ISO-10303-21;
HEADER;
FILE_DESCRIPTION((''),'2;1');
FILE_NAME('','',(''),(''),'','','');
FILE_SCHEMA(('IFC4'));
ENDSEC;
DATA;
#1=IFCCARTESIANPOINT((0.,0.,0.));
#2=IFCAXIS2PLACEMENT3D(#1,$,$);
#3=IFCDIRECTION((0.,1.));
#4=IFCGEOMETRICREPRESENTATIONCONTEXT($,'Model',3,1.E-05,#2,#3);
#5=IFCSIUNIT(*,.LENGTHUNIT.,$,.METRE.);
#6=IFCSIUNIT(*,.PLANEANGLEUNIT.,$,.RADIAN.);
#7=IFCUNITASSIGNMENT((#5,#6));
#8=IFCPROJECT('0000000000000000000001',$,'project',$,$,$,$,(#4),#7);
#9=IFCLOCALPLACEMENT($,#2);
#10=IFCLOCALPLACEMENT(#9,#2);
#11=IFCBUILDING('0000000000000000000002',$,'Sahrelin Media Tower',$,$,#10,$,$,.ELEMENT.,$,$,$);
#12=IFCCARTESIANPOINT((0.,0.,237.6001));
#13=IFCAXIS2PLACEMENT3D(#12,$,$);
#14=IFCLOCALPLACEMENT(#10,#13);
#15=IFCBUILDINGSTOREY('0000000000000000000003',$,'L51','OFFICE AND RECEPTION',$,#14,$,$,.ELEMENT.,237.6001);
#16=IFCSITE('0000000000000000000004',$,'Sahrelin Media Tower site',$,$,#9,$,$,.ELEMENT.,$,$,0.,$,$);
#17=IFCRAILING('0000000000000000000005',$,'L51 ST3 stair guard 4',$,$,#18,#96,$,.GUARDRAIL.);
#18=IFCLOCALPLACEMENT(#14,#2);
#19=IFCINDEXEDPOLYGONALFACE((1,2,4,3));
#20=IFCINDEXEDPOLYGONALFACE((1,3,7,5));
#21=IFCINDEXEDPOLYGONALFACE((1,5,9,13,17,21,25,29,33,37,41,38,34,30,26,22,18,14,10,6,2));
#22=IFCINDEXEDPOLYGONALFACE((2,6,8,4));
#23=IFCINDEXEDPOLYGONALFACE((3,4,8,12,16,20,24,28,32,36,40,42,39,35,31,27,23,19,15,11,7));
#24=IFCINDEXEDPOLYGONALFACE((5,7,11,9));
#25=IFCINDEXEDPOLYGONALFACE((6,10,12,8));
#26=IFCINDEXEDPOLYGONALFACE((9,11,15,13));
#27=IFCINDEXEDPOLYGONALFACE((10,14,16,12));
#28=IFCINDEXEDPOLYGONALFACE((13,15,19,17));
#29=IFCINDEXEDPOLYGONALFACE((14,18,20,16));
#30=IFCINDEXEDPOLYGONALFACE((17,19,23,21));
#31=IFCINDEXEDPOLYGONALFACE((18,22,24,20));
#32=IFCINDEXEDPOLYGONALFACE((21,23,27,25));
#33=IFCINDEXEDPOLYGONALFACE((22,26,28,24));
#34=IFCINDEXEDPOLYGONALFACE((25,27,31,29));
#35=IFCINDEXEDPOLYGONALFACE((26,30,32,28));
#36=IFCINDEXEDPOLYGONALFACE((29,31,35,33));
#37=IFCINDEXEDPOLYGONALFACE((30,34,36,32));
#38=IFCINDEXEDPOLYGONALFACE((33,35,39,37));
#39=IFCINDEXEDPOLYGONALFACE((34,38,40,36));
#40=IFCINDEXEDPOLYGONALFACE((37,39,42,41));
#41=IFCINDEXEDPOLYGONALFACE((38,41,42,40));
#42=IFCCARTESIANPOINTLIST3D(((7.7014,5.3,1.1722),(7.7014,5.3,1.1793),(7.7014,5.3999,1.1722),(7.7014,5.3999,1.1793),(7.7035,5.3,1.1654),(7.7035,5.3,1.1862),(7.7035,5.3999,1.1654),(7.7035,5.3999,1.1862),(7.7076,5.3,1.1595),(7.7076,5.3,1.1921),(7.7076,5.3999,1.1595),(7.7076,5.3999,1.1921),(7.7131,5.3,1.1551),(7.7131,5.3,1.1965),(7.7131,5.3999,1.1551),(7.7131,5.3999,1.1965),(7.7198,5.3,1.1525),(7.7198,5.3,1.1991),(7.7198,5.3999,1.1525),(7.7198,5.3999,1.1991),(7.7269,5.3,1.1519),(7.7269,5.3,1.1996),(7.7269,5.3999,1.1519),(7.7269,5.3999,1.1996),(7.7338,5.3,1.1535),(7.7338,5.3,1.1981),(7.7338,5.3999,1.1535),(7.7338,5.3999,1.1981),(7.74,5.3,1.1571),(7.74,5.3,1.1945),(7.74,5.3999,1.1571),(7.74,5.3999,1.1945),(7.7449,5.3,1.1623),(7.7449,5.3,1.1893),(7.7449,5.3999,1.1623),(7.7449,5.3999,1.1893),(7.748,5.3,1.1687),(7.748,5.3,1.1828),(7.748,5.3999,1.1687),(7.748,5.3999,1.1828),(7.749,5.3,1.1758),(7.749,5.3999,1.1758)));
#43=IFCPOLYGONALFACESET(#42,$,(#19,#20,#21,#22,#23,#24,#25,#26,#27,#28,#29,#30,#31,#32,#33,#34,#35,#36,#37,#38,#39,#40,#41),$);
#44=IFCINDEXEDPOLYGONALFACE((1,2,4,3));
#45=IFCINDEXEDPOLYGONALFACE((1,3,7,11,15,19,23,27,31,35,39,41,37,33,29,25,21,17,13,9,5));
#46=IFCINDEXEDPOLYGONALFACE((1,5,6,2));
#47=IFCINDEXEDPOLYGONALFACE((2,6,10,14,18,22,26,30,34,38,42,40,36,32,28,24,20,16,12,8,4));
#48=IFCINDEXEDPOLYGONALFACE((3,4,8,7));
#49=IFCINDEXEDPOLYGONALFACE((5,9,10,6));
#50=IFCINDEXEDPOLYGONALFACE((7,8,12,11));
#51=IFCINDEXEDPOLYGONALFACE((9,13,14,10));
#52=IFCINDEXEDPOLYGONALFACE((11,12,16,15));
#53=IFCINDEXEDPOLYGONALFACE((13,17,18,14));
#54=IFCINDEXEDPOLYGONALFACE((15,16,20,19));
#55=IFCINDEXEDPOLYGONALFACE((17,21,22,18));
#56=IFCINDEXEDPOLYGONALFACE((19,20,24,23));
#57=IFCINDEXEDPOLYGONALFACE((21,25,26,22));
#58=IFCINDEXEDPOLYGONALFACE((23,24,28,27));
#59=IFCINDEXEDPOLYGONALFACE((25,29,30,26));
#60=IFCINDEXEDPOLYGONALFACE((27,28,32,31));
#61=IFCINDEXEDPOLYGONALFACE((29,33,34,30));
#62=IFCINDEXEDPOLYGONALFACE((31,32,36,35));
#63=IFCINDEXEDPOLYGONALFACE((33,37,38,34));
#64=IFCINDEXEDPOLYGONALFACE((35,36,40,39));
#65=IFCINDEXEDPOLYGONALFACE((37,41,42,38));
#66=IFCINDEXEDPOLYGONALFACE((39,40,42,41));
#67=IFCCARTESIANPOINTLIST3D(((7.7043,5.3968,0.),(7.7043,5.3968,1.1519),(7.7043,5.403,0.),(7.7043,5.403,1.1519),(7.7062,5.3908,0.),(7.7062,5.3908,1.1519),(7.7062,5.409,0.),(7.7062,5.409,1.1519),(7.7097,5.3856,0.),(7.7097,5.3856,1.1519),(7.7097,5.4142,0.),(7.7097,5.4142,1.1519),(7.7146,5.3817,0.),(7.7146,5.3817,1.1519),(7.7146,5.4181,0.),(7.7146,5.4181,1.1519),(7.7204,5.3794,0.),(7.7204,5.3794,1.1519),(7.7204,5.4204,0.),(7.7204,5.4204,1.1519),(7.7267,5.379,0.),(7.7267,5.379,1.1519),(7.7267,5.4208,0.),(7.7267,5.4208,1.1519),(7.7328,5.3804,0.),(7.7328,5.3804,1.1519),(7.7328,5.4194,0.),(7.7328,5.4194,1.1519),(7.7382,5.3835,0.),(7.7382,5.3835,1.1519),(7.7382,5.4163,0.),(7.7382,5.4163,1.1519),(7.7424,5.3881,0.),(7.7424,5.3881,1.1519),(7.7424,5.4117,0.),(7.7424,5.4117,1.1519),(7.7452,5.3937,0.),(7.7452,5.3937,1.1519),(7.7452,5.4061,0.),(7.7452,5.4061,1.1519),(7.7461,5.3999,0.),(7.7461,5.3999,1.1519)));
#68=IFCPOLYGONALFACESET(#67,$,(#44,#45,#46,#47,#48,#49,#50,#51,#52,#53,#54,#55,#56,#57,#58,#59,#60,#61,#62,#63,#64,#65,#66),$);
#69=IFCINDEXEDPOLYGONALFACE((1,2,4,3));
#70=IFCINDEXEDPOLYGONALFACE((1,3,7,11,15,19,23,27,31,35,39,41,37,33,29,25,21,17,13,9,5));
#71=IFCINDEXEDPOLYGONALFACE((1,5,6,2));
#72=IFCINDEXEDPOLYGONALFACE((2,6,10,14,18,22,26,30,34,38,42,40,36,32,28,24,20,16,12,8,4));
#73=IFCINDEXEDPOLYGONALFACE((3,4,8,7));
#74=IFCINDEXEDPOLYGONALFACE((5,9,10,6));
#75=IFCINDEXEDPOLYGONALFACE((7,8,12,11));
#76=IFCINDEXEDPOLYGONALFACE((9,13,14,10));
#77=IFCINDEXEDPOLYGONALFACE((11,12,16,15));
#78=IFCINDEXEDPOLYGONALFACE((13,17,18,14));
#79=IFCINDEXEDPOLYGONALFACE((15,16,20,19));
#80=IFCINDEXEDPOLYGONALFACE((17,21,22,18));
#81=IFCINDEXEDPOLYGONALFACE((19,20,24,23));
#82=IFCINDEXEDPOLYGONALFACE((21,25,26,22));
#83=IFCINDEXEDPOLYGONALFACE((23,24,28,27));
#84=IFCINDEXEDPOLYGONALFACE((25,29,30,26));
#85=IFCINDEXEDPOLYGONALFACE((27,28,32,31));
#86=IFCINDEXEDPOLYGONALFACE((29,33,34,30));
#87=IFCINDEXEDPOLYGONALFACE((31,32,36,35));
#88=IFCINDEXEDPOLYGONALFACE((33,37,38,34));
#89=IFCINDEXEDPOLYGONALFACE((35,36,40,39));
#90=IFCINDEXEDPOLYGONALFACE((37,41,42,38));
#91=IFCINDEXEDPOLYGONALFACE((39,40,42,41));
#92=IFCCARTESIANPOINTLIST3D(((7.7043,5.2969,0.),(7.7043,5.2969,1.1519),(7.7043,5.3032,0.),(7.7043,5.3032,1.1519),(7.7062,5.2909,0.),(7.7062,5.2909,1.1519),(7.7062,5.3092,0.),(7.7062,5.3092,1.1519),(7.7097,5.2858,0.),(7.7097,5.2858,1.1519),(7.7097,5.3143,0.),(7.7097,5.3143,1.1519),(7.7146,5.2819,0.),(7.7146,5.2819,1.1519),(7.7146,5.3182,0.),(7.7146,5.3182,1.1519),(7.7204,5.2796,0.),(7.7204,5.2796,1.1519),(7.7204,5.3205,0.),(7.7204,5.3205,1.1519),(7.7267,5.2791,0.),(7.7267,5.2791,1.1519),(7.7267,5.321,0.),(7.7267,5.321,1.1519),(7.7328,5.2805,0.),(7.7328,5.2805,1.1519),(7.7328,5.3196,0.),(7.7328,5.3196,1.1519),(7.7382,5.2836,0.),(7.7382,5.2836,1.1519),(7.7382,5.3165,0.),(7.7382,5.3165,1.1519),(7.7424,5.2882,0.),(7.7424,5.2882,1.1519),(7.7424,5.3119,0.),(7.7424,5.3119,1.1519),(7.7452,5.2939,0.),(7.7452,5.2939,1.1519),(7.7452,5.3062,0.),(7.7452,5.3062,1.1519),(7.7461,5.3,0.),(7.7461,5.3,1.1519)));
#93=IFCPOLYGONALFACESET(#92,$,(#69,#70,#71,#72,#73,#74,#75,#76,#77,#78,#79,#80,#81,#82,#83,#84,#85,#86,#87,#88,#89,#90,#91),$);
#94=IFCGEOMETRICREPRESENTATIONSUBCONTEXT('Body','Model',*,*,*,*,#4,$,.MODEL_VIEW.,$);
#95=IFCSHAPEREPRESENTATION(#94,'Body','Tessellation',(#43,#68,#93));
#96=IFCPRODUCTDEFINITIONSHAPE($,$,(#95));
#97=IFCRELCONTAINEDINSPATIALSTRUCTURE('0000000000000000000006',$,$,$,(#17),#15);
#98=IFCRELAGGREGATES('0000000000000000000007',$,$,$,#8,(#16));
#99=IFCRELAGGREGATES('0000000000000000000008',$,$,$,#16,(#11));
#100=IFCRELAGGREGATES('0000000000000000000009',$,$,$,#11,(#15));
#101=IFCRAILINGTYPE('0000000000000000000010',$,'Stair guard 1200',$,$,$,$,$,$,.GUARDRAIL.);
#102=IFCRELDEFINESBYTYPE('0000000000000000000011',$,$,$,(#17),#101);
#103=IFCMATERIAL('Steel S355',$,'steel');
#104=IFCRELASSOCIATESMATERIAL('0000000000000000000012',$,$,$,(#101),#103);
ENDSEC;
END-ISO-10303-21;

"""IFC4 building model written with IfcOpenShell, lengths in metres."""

from ifc_helpers import new_model, si_unit, direction, frame, origin, origin_2d, place, context, subcontext, project, spatial, circle, extrude, material, type_object, element, save


model = new_model("IFC4")

# Units and contexts
model_context = context("Model", 3, precision=1e-05, world=origin(), true_north=direction((0.0, 1.0)))
body_context = subcontext(model_context, "Body", "Model", "MODEL_VIEW")
ifc_project = project(units=[si_unit("LENGTHUNIT", "METRE"), si_unit("PLANEANGLEUNIT", "RADIAN")], contexts=[model_context])

# Site, building, storey
site_placement = place(None, origin())
site = spatial("IfcSite", under=ifc_project, at=site_placement, Name="Sahrelin Media Tower site", CompositionType="ELEMENT", RefElevation=0.0)
building_placement = place(site_placement, origin())
building = spatial("IfcBuilding", under=site, at=building_placement, Name="Sahrelin Media Tower", CompositionType="ELEMENT")
storey_placement = place(building_placement, frame((0.0, 0.0, 237.6001)))
storey = spatial("IfcBuildingStorey", under=building, at=storey_placement, Name="L51", Description="OFFICE AND RECEPTION", CompositionType="ELEMENT", Elevation=237.6001)

# Shared definitions
ifc_material_1 = material(Name="Steel S355", Category="steel")

# Railing
railing_type_1 = type_object("IfcRailingType", Name="Stair guard 1200", PredefinedType="GUARDRAIL", material=ifc_material_1)
railing_1_placement = place(storey_placement, frame((7.7251, 5.3999, 0.0)))
element("IfcRailing", 1, at=railing_1_placement, inside=storey, type_object=railing_type_1, Name="L51 ST3 stair guard 4", PredefinedType="GUARDRAIL", context=body_context, shape_type="SweptSolid", body=[
    extrude(circle(Radius=0.0239, at=origin_2d()), frame((0.0, 0.0, 1.1758), z_axis=(0.0, -1.0, 0.0), x_axis=(1.0, 0.0, 0.0)), (0.0, 0.0, 1.0), 0.0999),
    extrude(circle(Radius=0.021, at=origin_2d()), origin(), (0.0, 0.0, 1.0), 1.1519),
    extrude(circle(Radius=0.021, at=origin_2d()), frame((0.0, -0.0999, 0.0)), (0.0, 0.0, 1.0), 1.1519),
])

save(model, "model.ifc")
